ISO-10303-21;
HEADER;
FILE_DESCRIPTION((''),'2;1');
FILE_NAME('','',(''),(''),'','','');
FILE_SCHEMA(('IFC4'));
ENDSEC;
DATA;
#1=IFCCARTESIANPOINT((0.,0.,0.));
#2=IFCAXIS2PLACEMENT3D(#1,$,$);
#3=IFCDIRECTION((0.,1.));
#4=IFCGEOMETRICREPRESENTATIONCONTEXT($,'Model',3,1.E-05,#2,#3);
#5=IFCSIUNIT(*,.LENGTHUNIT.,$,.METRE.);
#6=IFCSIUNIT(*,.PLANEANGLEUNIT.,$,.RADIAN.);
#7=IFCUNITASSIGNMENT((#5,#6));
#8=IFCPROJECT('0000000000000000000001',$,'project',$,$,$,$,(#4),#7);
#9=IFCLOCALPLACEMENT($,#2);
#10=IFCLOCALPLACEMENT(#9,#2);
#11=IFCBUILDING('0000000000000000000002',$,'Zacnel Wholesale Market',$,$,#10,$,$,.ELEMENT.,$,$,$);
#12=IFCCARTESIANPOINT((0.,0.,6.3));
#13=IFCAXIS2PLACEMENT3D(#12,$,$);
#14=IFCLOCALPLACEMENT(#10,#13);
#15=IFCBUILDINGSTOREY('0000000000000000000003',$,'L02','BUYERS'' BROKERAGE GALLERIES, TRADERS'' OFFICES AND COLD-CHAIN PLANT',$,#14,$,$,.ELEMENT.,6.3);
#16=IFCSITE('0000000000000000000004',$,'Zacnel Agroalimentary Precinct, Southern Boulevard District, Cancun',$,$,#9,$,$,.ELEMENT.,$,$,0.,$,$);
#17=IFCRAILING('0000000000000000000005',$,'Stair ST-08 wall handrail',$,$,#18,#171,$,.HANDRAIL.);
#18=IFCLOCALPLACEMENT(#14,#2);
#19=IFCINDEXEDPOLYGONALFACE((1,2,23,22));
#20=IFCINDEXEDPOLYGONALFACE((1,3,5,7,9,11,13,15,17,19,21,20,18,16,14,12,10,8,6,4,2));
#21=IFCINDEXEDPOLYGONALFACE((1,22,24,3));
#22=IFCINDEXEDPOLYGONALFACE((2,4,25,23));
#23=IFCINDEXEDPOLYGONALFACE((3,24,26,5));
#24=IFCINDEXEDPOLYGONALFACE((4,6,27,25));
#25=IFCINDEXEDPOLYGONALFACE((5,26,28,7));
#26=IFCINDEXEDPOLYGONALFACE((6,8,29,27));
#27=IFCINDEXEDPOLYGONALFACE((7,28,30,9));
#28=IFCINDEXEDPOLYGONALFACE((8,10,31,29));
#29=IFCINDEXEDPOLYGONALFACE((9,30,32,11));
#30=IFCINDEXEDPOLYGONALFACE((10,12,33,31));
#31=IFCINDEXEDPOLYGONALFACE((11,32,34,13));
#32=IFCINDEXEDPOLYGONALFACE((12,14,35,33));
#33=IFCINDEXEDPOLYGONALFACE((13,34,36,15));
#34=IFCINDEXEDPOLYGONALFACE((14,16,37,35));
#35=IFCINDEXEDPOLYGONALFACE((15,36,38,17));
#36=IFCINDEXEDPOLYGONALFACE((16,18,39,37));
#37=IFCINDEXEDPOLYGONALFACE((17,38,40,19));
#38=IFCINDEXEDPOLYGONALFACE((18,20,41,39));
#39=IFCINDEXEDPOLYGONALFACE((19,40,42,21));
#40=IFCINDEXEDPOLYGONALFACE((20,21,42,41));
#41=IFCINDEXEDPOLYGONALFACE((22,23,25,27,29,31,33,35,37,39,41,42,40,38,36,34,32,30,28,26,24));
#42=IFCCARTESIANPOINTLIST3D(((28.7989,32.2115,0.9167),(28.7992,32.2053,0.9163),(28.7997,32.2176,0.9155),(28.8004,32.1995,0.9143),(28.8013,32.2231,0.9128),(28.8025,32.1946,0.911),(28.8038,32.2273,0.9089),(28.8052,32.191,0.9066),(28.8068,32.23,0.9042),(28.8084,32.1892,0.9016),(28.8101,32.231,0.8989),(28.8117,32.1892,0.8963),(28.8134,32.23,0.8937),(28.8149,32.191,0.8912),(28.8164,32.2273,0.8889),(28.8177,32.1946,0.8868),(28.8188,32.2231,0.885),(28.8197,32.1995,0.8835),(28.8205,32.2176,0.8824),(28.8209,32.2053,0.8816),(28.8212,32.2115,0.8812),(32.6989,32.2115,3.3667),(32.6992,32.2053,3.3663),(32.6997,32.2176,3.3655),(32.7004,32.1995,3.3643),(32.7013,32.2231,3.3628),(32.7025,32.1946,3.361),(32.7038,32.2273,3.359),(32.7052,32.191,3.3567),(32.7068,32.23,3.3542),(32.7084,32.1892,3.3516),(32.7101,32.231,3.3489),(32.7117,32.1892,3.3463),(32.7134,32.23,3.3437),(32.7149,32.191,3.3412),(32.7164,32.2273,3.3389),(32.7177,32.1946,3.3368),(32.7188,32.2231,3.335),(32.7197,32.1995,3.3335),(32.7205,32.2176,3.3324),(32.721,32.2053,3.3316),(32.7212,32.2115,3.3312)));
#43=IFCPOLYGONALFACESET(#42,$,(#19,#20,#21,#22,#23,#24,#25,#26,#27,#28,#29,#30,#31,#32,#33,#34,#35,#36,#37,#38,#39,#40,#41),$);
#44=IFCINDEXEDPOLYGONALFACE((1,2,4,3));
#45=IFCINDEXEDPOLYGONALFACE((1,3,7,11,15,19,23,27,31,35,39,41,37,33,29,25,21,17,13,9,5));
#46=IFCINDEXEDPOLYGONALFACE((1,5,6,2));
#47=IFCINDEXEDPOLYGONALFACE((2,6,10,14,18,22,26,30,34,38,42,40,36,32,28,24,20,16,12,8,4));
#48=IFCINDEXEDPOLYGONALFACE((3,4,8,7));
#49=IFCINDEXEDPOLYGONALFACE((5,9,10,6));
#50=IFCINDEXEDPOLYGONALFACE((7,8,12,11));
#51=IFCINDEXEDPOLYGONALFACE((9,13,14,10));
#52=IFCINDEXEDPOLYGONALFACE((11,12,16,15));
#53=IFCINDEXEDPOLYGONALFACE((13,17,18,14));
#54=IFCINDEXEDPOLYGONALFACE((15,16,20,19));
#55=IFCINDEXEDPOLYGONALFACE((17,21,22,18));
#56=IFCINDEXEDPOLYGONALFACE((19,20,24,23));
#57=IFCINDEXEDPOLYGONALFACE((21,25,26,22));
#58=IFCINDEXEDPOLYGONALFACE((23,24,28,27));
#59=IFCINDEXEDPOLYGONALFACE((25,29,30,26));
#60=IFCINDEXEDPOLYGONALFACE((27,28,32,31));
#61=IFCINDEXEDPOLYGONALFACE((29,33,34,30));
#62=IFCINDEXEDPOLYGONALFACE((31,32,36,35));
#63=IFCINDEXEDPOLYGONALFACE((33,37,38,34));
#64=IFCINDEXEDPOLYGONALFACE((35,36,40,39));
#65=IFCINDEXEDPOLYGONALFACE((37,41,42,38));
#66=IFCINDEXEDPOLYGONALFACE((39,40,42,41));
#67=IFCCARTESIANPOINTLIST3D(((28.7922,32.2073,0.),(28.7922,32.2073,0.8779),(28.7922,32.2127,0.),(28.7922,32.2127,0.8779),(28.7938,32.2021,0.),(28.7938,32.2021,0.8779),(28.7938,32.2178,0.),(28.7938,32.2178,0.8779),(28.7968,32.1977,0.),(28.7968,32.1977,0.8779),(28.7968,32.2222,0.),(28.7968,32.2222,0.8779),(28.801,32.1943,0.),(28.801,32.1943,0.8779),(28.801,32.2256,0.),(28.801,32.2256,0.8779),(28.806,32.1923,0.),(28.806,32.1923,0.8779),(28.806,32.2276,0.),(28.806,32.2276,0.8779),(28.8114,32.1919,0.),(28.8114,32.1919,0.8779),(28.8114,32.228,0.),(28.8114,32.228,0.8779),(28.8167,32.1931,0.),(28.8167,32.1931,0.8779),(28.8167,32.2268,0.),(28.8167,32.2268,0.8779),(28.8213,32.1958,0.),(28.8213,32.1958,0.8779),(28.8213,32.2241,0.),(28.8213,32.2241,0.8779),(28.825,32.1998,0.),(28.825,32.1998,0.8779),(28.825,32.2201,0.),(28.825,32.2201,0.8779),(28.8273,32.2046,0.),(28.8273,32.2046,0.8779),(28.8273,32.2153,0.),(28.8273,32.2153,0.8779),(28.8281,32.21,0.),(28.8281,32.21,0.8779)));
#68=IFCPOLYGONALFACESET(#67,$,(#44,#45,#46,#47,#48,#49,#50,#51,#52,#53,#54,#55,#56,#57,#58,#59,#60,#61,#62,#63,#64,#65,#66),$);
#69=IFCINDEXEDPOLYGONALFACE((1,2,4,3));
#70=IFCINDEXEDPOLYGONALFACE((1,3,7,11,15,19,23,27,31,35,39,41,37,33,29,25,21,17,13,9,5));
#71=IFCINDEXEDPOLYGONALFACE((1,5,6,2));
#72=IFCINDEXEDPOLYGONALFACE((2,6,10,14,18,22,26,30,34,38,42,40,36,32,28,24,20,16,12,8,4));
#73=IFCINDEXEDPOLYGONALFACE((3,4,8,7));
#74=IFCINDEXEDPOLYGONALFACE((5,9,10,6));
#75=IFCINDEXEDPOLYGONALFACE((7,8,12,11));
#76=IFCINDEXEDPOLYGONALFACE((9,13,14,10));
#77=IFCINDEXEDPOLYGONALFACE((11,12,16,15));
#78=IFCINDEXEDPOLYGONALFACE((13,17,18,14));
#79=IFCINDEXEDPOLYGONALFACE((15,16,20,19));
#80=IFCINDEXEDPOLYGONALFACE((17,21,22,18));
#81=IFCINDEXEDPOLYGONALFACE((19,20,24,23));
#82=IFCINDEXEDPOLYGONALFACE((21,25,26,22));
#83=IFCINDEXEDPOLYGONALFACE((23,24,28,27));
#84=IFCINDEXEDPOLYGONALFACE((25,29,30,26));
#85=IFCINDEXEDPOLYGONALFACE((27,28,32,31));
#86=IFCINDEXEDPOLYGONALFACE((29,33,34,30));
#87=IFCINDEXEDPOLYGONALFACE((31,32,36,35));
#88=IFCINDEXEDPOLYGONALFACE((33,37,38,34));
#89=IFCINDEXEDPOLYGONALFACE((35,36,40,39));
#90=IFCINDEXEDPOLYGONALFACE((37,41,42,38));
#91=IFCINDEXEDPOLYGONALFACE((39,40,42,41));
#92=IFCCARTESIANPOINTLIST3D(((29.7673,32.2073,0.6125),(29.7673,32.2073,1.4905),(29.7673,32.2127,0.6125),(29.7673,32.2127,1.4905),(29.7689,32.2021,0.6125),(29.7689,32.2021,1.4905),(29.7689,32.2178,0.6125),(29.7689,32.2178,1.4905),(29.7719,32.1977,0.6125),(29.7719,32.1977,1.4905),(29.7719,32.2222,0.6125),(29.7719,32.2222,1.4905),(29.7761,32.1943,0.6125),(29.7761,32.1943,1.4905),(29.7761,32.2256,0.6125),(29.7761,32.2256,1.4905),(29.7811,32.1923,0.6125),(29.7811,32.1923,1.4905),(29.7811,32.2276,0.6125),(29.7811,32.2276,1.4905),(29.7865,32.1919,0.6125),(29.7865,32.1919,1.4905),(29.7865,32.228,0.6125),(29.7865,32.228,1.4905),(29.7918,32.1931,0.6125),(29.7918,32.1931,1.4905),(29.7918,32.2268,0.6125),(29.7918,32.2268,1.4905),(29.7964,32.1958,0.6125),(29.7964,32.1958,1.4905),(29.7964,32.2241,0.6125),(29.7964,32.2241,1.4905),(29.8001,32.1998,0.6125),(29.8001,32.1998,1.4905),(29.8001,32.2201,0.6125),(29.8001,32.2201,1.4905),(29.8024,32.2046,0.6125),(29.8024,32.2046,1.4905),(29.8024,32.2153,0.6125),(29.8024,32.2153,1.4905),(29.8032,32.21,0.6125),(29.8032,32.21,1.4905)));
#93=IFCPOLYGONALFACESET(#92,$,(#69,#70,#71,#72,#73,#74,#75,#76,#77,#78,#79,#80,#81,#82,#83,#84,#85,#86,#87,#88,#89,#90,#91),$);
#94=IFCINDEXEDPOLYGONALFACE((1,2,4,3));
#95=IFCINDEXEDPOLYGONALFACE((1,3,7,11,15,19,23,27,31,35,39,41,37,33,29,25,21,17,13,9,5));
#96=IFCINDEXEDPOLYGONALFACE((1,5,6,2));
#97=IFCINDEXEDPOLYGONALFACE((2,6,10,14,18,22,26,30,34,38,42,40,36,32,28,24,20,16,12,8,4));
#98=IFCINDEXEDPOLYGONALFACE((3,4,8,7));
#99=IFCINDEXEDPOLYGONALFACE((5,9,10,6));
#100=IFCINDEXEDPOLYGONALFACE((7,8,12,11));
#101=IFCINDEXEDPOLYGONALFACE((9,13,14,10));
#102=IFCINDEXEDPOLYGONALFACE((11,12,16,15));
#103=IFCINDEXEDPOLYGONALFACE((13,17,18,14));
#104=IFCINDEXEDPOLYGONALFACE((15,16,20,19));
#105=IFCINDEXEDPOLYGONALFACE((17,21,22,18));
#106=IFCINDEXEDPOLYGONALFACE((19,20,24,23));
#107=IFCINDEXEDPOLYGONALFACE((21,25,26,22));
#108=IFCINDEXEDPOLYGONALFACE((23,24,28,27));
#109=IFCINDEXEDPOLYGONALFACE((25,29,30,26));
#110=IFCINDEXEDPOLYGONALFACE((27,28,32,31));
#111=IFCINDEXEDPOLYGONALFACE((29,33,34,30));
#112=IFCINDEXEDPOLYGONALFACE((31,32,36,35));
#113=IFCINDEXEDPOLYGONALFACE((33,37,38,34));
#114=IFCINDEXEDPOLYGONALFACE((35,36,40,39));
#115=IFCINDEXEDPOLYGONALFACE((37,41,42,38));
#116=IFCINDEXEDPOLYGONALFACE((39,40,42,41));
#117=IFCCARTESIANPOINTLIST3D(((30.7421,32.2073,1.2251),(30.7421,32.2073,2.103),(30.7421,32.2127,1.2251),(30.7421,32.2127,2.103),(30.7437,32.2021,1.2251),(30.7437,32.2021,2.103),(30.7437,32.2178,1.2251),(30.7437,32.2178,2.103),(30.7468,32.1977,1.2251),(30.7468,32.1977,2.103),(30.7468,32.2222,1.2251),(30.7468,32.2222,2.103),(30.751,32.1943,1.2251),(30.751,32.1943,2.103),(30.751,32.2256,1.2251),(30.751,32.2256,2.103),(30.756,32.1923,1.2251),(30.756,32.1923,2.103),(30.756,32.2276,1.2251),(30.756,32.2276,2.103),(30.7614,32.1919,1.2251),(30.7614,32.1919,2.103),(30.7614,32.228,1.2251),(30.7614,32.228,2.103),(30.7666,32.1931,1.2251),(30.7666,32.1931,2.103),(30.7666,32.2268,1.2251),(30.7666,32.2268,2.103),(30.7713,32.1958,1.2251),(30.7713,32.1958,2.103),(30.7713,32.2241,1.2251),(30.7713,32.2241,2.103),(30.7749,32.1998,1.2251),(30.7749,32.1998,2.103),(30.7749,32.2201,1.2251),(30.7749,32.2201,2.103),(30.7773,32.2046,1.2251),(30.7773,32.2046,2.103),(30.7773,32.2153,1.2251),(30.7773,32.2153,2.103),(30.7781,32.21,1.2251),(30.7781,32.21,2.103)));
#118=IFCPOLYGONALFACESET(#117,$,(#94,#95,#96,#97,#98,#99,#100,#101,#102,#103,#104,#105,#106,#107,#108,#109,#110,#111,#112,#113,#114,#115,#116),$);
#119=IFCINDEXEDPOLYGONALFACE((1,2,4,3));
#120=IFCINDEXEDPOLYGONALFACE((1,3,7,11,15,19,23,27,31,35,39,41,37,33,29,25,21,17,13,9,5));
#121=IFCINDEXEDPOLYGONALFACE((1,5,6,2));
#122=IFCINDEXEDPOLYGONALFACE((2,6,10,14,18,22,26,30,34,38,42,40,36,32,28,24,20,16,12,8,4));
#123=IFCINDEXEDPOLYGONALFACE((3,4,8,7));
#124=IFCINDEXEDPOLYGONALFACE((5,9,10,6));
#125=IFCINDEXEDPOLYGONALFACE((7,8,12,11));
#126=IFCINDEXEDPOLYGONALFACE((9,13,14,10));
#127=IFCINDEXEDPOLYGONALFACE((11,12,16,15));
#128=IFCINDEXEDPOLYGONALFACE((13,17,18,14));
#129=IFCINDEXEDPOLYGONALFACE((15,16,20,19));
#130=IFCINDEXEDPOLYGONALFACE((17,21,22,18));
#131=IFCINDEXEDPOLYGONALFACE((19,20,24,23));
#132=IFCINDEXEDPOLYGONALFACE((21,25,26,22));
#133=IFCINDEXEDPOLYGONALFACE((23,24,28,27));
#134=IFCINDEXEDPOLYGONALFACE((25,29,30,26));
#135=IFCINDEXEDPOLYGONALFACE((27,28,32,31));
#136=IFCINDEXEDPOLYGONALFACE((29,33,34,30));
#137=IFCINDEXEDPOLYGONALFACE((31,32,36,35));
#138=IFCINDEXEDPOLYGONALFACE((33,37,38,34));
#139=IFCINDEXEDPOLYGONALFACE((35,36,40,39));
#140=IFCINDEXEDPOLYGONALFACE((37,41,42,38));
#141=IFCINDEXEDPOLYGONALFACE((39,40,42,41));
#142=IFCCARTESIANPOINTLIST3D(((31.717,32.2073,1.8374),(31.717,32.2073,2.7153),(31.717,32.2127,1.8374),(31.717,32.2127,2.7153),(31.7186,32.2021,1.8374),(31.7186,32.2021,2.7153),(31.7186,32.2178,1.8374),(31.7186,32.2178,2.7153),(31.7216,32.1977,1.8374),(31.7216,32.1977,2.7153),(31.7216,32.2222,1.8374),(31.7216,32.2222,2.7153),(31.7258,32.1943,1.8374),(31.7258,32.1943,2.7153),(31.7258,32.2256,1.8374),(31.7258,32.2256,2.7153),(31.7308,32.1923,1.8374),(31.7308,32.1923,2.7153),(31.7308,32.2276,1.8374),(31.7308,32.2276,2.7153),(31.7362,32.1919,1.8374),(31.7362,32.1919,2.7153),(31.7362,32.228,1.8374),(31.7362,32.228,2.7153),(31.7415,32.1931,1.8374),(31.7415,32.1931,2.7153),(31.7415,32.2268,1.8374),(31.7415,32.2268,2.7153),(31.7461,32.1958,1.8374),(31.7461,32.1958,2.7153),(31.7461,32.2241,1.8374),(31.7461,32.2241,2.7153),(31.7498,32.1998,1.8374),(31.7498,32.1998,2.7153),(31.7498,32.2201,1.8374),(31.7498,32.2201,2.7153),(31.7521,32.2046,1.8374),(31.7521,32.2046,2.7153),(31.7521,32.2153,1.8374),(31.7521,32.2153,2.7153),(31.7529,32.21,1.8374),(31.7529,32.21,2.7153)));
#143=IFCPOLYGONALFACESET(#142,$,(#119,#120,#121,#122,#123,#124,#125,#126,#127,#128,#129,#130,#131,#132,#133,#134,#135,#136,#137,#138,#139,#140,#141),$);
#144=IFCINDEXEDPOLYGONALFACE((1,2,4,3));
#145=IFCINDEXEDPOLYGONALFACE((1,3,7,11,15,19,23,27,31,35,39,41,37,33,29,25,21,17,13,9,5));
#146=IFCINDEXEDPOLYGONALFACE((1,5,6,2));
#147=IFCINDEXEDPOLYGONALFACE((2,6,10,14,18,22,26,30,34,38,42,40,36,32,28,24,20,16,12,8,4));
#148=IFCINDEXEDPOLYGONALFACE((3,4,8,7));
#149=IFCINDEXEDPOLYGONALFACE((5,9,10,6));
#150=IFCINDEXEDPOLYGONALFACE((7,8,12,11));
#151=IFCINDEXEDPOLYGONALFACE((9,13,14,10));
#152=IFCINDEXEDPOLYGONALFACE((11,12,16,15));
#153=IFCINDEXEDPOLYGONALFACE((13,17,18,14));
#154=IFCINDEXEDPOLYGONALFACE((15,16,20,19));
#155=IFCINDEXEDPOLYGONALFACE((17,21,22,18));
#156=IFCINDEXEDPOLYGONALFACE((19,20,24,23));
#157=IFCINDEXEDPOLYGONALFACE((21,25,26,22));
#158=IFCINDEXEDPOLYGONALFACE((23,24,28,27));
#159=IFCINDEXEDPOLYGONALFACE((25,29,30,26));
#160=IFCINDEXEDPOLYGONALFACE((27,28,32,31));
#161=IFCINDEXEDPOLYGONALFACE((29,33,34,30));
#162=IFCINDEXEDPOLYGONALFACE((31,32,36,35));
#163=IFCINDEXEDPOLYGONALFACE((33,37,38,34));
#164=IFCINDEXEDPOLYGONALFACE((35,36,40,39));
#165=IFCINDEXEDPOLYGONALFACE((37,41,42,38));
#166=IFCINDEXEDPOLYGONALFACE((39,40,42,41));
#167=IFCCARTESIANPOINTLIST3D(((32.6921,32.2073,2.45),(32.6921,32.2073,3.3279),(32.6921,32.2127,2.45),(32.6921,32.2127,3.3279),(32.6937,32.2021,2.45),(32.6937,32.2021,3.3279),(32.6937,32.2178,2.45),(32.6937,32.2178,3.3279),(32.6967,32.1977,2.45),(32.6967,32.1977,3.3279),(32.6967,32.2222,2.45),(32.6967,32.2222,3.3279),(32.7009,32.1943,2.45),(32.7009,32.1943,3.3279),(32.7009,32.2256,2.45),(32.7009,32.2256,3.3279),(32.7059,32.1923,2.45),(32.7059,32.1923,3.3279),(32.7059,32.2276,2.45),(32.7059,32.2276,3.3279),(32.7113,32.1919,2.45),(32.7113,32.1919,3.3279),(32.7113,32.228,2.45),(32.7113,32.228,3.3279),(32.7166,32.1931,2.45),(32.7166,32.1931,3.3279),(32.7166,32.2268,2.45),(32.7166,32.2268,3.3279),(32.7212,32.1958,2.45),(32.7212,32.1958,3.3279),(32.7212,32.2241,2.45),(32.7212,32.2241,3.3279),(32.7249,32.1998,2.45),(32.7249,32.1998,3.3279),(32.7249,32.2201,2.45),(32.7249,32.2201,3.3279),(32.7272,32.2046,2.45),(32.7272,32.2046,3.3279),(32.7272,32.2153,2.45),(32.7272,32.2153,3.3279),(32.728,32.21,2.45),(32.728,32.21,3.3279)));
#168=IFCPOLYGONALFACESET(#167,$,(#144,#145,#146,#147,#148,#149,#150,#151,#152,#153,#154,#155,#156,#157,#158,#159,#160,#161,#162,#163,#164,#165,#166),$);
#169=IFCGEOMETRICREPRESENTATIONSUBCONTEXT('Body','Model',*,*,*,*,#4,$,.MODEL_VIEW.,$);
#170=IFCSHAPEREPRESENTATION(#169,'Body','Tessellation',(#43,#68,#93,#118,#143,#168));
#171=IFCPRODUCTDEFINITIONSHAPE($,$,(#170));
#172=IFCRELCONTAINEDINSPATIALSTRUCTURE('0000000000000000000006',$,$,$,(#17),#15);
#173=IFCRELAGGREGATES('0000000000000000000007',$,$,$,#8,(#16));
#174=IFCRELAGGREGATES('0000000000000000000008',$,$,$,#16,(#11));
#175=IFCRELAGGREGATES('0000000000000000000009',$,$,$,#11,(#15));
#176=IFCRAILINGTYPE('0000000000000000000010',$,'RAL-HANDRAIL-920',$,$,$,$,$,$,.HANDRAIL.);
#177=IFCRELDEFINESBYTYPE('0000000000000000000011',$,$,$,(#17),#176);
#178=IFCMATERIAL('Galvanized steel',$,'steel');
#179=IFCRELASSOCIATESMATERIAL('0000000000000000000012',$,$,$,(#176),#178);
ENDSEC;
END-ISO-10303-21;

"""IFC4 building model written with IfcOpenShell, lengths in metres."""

from ifc_helpers import new_model, si_unit, direction, frame, origin, origin_2d, place, context, subcontext, project, spatial, circle, extrude, material, type_object, element, save


model = new_model("IFC4")

# Units and contexts
model_context = context("Model", 3, precision=1e-05, world=origin(), true_north=direction((0.0, 1.0)))
body_context = subcontext(model_context, "Body", "Model", "MODEL_VIEW")
ifc_project = project(units=[si_unit("LENGTHUNIT", "METRE"), si_unit("PLANEANGLEUNIT", "RADIAN")], contexts=[model_context])

# Site, building, storey
site_placement = place(None, origin())
site = spatial("IfcSite", under=ifc_project, at=site_placement, Name="Zacnel Agroalimentary Precinct, Southern Boulevard District, Cancun", CompositionType="ELEMENT", RefElevation=0.0)
building_placement = place(site_placement, origin())
building = spatial("IfcBuilding", under=site, at=building_placement, Name="Zacnel Wholesale Market", CompositionType="ELEMENT")
storey_placement = place(building_placement, frame((0.0, 0.0, 6.3)))
storey = spatial("IfcBuildingStorey", under=building, at=storey_placement, Name="L02", Description="BUYERS' BROKERAGE GALLERIES, TRADERS' OFFICES AND COLD-CHAIN PLANT", CompositionType="ELEMENT", Elevation=6.3)

# Railing
ifc_material_1 = material(Name="Galvanized steel", Category="steel")
railing_type_1 = type_object("IfcRailingType", Name="RAL-HANDRAIL-920", PredefinedType="HANDRAIL", material=ifc_material_1)
railing_1_placement = place(storey_placement, frame((28.8101, 32.21, 0.0)))
element("IfcRailing", 1, at=railing_1_placement, inside=storey, type_object=railing_type_1, Name="Stair ST-08 wall handrail", PredefinedType="HANDRAIL", context=body_context, shape_type="SweptSolid", body=[
    extrude(circle(Radius=0.021, at=origin_2d()), frame((0.0, 0.0, 0.8989), z_axis=(0.846775, 0.0, 0.531951), x_axis=(0.0, 1.0, 0.0)), (0.0, 0.0, 1.0), 4.6057),
    extrude(circle(Radius=0.0181, at=origin_2d()), origin(), (0.0, 0.0, 1.0), 0.8779),
    extrude(circle(Radius=0.0181, at=origin_2d()), frame((0.9751, 0.0, 0.6125)), (0.0, 0.0, 1.0), 0.8779),
    extrude(circle(Radius=0.0181, at=origin_2d()), frame((1.95, 0.0, 1.2251)), (0.0, 0.0, 1.0), 0.8779),
    extrude(circle(Radius=0.0181, at=origin_2d()), frame((2.9248, 0.0, 1.8374)), (0.0, 0.0, 1.0), 0.8779),
    extrude(circle(Radius=0.0181, at=origin_2d()), frame((3.8999, 0.0, 2.45)), (0.0, 0.0, 1.0), 0.8779),
])

save(model, "model.ifc")
